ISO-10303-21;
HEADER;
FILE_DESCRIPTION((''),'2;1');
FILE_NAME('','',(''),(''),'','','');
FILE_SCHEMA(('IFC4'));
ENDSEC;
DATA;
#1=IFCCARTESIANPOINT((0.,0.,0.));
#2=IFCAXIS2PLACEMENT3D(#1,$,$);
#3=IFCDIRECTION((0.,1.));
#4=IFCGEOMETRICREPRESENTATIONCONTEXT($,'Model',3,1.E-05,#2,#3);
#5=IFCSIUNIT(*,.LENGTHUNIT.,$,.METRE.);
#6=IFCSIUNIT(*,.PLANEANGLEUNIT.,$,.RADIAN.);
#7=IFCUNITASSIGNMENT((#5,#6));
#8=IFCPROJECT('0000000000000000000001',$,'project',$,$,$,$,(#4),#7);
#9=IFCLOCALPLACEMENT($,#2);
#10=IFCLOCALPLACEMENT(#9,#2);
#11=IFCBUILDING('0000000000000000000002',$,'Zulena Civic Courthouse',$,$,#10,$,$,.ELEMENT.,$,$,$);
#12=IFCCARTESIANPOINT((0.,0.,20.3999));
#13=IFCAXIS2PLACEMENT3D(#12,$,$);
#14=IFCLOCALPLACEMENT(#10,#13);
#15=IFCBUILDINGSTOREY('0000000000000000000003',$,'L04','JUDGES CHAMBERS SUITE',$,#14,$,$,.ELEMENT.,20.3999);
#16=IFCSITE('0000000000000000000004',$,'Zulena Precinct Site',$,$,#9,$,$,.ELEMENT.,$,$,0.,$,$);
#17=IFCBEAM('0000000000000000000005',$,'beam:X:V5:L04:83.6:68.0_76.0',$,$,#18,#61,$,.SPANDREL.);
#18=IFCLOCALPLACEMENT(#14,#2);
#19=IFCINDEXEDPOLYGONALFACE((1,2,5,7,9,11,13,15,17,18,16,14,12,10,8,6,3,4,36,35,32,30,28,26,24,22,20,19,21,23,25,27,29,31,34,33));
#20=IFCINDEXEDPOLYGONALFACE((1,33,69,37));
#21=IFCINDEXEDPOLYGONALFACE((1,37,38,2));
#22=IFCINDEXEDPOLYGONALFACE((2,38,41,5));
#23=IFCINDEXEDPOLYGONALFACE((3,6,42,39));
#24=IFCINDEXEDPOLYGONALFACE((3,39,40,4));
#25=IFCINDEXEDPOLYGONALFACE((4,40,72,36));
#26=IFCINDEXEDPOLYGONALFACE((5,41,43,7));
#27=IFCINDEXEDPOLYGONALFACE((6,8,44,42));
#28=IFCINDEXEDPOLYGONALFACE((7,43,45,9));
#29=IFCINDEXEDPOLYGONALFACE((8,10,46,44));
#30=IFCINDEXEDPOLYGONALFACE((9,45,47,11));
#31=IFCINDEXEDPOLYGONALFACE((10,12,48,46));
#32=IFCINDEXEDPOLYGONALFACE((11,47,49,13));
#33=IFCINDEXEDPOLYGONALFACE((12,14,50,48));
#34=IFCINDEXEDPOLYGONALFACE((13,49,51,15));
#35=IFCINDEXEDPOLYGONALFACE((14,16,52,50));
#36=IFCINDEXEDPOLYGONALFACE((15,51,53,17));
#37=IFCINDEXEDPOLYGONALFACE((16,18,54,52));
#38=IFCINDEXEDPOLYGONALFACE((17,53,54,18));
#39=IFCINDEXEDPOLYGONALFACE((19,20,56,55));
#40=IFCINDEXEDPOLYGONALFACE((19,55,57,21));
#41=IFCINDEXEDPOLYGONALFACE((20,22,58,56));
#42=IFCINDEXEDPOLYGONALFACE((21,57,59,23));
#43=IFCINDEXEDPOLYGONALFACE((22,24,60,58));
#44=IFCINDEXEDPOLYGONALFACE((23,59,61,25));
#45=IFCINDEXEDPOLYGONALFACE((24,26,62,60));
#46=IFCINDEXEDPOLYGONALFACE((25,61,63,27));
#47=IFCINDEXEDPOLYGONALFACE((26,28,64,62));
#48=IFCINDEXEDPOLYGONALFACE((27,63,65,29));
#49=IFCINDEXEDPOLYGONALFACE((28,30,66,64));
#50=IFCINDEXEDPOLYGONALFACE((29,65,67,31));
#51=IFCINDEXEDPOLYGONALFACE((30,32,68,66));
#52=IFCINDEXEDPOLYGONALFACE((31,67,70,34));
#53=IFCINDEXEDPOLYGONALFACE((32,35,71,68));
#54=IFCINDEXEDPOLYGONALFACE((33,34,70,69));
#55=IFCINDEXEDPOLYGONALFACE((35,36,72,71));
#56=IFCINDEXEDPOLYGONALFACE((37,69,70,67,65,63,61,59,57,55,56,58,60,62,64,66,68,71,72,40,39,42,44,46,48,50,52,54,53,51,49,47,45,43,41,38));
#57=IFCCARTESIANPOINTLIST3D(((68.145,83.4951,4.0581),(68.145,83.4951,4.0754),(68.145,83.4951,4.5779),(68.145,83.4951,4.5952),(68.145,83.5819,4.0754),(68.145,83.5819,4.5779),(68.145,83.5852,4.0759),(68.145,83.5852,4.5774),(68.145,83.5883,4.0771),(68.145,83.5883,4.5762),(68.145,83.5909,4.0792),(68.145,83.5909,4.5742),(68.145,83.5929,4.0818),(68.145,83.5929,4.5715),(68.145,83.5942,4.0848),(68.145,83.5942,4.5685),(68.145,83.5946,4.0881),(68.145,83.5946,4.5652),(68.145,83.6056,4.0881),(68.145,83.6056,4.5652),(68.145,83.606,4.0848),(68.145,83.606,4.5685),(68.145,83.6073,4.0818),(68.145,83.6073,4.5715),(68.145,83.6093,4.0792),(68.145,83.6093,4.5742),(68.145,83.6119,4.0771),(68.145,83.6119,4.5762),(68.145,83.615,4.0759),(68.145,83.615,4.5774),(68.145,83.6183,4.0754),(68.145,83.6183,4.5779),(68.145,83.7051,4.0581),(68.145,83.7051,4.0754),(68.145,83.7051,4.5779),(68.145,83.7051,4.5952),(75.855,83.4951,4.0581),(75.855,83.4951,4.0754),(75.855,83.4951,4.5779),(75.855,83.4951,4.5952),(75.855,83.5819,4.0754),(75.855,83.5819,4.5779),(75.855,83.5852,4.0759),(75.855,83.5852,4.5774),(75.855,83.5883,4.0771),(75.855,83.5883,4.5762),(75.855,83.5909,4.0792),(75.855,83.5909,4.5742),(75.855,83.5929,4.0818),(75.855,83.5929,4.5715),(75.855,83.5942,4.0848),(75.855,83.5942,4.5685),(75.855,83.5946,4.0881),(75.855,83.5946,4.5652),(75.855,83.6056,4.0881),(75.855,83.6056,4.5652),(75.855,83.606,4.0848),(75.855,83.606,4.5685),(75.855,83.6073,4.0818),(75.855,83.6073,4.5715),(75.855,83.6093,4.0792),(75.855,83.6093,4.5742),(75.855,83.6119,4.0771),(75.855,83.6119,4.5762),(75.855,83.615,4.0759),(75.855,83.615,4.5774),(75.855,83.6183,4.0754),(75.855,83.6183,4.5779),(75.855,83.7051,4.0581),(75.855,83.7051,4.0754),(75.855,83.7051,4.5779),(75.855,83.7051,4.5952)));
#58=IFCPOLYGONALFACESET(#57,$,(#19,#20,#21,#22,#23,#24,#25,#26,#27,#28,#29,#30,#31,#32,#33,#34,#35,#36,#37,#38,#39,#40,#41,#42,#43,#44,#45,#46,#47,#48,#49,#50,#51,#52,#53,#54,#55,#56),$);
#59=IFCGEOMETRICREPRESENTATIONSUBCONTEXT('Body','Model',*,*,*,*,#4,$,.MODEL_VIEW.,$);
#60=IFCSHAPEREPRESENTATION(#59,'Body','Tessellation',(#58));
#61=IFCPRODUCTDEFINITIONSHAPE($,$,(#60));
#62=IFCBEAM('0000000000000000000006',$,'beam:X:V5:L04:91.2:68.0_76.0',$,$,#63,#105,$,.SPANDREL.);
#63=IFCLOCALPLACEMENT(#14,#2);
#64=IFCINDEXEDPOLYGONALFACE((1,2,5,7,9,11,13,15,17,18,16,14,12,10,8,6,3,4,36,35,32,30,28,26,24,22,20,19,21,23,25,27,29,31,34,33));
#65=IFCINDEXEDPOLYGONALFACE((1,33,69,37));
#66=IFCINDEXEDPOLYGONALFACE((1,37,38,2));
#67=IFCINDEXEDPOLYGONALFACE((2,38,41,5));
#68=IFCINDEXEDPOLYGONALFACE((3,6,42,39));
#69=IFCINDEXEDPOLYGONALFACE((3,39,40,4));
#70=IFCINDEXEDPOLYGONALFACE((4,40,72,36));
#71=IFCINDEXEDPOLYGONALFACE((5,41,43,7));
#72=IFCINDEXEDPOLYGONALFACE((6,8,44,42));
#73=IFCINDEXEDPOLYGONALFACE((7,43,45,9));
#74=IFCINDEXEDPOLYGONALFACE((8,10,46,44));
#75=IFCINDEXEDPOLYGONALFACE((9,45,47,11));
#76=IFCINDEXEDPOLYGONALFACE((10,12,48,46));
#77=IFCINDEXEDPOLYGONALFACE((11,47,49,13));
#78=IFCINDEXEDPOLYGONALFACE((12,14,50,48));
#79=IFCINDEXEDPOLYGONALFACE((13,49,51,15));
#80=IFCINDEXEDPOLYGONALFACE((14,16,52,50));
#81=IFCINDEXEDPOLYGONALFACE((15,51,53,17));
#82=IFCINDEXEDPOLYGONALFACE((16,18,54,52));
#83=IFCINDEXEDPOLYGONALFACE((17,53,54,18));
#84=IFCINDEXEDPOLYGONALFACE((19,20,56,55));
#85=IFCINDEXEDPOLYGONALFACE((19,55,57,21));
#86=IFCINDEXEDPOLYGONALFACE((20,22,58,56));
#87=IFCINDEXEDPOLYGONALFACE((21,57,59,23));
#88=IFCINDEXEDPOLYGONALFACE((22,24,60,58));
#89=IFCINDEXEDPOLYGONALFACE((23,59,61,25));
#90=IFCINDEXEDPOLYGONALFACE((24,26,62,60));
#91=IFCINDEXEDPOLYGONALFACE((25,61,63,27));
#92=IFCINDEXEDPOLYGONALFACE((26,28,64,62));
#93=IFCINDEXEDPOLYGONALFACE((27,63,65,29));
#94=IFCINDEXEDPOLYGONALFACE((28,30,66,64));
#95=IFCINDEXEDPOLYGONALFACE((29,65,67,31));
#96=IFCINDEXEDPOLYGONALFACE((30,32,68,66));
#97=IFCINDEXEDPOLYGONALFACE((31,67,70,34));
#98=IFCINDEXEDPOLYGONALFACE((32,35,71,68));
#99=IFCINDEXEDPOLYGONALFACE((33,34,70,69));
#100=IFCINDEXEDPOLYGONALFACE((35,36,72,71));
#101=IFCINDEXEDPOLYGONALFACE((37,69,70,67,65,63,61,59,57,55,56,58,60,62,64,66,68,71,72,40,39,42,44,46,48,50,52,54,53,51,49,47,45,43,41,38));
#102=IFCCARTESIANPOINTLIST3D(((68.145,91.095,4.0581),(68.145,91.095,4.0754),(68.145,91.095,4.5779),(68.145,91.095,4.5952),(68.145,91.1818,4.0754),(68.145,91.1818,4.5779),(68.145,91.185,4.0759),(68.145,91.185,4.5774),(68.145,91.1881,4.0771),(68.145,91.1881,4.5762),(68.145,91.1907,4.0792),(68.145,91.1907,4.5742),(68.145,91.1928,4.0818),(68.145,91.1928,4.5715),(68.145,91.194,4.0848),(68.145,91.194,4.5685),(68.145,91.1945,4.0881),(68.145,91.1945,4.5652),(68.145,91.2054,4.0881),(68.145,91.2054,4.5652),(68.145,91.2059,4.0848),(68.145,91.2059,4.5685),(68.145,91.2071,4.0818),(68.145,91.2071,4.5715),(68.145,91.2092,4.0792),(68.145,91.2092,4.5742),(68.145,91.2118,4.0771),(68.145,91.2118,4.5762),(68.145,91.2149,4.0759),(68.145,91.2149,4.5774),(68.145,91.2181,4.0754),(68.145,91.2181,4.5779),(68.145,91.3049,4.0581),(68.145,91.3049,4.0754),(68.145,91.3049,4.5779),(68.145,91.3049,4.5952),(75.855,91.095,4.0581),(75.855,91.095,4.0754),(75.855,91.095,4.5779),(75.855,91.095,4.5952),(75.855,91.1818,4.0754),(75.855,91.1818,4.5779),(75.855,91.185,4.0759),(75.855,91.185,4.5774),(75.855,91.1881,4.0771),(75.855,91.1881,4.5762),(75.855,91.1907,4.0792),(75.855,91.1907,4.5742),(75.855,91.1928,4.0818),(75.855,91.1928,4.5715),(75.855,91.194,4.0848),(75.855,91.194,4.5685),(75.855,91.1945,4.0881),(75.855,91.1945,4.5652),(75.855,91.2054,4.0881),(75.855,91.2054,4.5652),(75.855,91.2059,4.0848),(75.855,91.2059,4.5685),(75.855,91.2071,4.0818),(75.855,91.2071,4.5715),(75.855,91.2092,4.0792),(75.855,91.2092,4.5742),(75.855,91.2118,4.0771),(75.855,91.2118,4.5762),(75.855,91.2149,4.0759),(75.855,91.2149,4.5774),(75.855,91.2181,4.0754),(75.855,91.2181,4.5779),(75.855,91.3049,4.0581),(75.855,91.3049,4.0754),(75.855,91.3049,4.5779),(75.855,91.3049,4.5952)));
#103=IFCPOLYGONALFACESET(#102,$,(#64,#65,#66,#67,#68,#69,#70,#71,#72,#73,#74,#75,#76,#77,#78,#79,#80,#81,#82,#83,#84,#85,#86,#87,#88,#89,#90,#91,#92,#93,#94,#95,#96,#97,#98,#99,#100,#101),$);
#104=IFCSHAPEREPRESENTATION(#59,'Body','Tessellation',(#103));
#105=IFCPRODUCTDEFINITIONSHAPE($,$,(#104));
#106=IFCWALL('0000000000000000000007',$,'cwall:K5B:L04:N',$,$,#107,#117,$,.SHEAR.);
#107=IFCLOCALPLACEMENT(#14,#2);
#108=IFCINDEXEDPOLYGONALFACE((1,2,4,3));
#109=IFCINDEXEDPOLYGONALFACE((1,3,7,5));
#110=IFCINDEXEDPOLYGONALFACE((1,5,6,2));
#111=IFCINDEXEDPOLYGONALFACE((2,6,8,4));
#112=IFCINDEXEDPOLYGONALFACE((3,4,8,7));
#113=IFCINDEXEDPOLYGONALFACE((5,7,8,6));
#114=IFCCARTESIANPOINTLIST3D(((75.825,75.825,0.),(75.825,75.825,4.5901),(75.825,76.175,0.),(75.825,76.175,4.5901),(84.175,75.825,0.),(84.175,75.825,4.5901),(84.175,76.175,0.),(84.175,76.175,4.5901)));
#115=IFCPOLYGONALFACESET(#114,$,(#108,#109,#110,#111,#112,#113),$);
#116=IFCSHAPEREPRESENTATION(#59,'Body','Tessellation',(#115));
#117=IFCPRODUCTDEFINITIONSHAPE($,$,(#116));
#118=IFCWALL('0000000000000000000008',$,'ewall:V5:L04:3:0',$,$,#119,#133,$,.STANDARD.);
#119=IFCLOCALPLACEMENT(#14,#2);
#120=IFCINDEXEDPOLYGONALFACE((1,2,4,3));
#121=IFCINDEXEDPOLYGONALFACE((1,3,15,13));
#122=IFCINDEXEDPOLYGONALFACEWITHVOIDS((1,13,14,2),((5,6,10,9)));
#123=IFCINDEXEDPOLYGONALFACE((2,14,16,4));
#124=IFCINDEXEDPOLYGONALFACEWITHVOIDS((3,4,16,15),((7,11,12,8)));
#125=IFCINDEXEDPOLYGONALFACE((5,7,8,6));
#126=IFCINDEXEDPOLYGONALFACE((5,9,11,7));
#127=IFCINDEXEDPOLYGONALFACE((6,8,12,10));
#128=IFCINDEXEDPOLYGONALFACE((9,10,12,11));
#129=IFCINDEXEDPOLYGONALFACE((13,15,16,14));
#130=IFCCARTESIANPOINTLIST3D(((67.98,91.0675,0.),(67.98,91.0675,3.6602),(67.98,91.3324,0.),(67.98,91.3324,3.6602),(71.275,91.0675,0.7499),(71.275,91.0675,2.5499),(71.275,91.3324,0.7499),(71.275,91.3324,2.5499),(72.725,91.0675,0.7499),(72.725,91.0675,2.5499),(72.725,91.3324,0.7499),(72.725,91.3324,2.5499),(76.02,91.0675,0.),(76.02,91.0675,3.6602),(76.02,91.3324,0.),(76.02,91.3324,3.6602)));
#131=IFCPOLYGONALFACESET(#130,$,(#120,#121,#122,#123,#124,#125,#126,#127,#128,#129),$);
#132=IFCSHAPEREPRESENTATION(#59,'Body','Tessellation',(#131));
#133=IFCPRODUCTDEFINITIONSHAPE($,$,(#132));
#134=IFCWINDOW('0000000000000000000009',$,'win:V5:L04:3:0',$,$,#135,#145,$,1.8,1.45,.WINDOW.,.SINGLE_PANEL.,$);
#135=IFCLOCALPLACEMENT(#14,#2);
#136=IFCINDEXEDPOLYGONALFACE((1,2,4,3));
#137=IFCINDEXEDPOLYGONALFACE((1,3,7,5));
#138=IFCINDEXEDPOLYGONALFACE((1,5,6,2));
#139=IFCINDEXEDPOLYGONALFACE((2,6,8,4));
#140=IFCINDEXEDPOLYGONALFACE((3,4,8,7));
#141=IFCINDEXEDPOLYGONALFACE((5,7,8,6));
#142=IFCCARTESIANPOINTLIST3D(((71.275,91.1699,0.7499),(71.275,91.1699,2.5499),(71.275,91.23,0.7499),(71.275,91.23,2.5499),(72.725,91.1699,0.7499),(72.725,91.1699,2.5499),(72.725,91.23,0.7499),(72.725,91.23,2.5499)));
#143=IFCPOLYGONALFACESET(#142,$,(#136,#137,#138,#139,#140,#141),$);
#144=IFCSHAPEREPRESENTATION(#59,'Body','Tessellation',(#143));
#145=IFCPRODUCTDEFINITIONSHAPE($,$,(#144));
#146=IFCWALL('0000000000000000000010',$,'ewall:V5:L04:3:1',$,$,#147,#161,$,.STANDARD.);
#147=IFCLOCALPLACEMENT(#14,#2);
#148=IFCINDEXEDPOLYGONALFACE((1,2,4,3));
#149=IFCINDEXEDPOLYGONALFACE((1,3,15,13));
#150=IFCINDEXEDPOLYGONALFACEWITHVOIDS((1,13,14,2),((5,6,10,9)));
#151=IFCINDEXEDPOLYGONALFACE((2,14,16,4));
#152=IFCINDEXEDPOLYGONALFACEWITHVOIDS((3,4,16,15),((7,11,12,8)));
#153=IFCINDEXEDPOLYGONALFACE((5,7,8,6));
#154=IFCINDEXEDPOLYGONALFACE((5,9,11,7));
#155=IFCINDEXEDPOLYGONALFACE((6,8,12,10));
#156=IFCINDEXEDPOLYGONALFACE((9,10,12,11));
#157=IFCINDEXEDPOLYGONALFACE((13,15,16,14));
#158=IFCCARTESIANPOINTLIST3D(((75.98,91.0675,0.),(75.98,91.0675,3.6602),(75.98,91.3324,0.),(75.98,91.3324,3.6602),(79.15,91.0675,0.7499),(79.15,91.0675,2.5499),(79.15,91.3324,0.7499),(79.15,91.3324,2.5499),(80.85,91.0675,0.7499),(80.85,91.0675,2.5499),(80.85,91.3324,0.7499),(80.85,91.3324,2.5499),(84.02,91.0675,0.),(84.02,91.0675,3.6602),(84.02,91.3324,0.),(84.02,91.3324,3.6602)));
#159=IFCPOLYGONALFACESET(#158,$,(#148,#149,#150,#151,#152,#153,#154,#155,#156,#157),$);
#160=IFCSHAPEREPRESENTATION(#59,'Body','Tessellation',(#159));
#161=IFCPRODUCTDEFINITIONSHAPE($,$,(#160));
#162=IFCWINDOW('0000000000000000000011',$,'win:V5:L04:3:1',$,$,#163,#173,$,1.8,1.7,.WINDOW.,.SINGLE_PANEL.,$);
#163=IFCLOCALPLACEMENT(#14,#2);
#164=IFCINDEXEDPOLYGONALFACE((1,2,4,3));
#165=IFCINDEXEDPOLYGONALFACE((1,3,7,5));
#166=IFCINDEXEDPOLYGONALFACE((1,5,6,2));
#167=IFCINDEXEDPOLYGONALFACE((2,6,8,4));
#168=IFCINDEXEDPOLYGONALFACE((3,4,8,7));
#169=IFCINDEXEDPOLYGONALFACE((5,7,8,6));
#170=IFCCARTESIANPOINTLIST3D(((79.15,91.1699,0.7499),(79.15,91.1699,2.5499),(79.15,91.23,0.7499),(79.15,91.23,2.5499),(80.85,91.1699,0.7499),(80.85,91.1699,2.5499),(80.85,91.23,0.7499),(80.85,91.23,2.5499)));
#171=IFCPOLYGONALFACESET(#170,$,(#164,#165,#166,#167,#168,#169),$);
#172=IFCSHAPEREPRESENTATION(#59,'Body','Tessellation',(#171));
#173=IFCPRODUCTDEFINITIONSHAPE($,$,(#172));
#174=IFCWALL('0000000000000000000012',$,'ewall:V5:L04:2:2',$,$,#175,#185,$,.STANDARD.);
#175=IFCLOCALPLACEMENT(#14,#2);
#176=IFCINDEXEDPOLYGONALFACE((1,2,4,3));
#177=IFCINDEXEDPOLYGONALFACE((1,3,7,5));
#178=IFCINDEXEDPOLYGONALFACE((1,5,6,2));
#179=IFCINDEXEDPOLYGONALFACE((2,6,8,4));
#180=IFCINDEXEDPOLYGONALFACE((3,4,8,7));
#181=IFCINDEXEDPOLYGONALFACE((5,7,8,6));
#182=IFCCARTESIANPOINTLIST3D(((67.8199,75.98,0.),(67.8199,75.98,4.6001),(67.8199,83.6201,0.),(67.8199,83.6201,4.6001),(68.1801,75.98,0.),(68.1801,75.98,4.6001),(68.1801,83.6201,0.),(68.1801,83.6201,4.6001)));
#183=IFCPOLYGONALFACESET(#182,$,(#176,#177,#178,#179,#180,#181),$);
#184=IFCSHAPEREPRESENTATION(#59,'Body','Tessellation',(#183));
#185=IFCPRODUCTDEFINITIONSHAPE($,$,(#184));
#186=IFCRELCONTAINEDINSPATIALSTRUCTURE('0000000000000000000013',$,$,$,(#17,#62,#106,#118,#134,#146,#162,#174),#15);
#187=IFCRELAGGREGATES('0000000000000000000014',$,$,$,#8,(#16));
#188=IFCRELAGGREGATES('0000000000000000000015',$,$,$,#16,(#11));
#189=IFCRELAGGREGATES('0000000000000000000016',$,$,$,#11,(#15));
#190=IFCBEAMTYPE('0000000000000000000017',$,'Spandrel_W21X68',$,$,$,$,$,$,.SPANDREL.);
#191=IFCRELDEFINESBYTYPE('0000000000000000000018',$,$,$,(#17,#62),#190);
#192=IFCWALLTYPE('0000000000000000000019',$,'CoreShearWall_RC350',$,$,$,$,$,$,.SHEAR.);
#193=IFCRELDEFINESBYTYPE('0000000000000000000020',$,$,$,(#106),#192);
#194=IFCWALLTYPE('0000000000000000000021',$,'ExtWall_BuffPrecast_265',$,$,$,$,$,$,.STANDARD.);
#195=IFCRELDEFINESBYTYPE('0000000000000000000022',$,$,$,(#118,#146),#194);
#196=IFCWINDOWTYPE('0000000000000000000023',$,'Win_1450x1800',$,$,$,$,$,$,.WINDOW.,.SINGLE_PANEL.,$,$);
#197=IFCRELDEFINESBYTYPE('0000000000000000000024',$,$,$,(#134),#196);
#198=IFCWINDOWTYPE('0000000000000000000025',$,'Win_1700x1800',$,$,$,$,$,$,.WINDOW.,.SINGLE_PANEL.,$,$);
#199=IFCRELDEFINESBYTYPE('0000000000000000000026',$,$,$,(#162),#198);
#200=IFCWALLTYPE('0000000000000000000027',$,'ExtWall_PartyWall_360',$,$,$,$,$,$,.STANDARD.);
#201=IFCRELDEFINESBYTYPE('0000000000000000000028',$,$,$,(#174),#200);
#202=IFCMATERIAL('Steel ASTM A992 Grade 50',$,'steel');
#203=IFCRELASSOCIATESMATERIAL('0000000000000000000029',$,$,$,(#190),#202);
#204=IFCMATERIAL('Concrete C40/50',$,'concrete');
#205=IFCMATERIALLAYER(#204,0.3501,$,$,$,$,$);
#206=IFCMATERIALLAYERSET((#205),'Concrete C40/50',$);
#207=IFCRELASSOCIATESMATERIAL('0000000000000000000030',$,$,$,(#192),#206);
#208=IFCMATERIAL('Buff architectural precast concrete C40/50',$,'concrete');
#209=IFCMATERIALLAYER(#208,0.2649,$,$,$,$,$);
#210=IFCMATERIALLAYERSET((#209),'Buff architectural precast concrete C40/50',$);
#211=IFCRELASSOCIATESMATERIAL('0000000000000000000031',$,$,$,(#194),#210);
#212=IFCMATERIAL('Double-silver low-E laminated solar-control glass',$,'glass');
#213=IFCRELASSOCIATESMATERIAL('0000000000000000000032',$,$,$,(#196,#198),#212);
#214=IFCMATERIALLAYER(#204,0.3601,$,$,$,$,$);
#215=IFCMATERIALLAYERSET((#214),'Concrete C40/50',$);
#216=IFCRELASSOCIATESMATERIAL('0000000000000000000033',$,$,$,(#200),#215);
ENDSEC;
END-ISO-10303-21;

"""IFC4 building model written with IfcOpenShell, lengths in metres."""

from ifc_helpers import new_model, si_unit, direction, frame, frame_2d, origin, origin_2d, place, context, subcontext, project, spatial, rectangle, i_section, extrude, material, layer, layer_set, material_profile, profile_set, type_object, element, fill, save


model = new_model("IFC4")

# Units and contexts
model_context = context("Model", 3, precision=1e-05, world=origin(), true_north=direction((0.0, 1.0)))
body_context = subcontext(model_context, "Body", "Model", "MODEL_VIEW")
ifc_project = project(units=[si_unit("LENGTHUNIT", "METRE"), si_unit("PLANEANGLEUNIT", "RADIAN")], contexts=[model_context])

# Site, building, storey
site_placement = place(None, origin())
site = spatial("IfcSite", under=ifc_project, at=site_placement, Name="Zulena Precinct Site", CompositionType="ELEMENT", RefElevation=0.0)
building_placement = place(site_placement, origin())
building = spatial("IfcBuilding", under=site, at=building_placement, Name="Zulena Civic Courthouse", CompositionType="ELEMENT")
storey_placement = place(building_placement, frame((0.0, 0.0, 20.3999)))
storey = spatial("IfcBuildingStorey", under=building, at=storey_placement, Name="L04", Description="JUDGES CHAMBERS SUITE", CompositionType="ELEMENT", Elevation=20.3999)

# Shared definitions
ifc_material_1 = material(Name="Steel ASTM A992 Grade 50", Category="steel")

# Beams
ifc_material_profile_1 = material_profile(ifc_material_1, i_section(OverallWidth=0.21, OverallDepth=0.5371, WebThickness=0.011, FlangeThickness=0.0173, FilletRadius=0.0127, at=origin_2d()), Name="W21X68")
ifc_profile_set_1 = profile_set([ifc_material_profile_1], Name="Steel ASTM A992 Grade 50")
beam_type_1 = type_object("IfcBeamType", Name="Spandrel_W21X68", PredefinedType="SPANDREL", material=ifc_profile_set_1)
for number, where, z_axis, x_axis, name in (
    (1, (68.145, 83.6001, 4.3267), (1.0, 0.0, 0.0), (0.0, 1.0, 0.0), "beam:X:V5:L04:83.6:68.0_76.0"),
    (2, (68.145, 91.2, 4.3267), (1.0, 0.0, 0.0), (0.0, 1.0, 0.0), "beam:X:V5:L04:91.2:68.0_76.0"),
):
    element("IfcBeam", number, at=place(storey_placement, frame(where, z_axis=z_axis, x_axis=x_axis)), inside=storey, type_object=beam_type_1, Name=name, PredefinedType="SPANDREL", context=body_context, shape_type="SweptSolid", body=[
        extrude(i_section(OverallWidth=0.21, OverallDepth=0.5371, WebThickness=0.011, FlangeThickness=0.0173, FilletRadius=0.0127, at=origin_2d()), origin(), (0.0, 0.0, 1.0), 7.71),
    ])

# Wall
ifc_material_2 = material(Name="Concrete C40/50", Category="concrete")
ifc_layer_1 = layer(ifc_material_2, 0.3501)
ifc_layer_set_1 = layer_set([ifc_layer_1], Name="Concrete C40/50")
wall_type_1 = type_object("IfcWallType", Name="CoreShearWall_RC350", PredefinedType="SHEAR", material=ifc_layer_set_1)
wall_1_placement = place(storey_placement, frame((75.825, 76.0, 0.0), z_axis=(0.0, 0.0, 1.0), x_axis=(1.0, 0.0, 0.0)))
element("IfcWall", 3, at=wall_1_placement, inside=storey, type_object=wall_type_1, Name="cwall:K5B:L04:N", PredefinedType="SHEAR", context=body_context, shape_type="SweptSolid", body=[
    extrude(rectangle(XDim=8.3501, YDim=0.3501, at=frame_2d((4.175, 0.0))), origin(), (0.0, 0.0, 1.0), 4.5901),
])

# Walls, openings, windows
ifc_material_3 = material(Name="Buff architectural precast concrete C40/50", Category="concrete")
ifc_layer_2 = layer(ifc_material_3, 0.2649)
ifc_layer_set_2 = layer_set([ifc_layer_2], Name="Buff architectural precast concrete C40/50")
wall_type_2 = type_object("IfcWallType", Name="ExtWall_BuffPrecast_265", PredefinedType="STANDARD", material=ifc_layer_set_2)
wall_2_placement = place(storey_placement, frame((67.98, 91.2, 0.0), z_axis=(0.0, 0.0, 1.0), x_axis=(1.0, 0.0, 0.0)))
wall_2 = element("IfcWall", 4, at=wall_2_placement, inside=storey, type_object=wall_type_2, Name="ewall:V5:L04:3:0", PredefinedType="STANDARD", context=body_context, shape_type="SweptSolid", body=[
    extrude(rectangle(XDim=8.04, YDim=0.2649, at=frame_2d((4.02, 0.0))), origin(), (0.0, 0.0, 1.0), 3.6602),
])
opening_1_placement = place(wall_2_placement, frame((3.2949, 0.0, 0.75)))
opening_1 = element("IfcOpeningElement", 5, at=opening_1_placement, cuts=wall_2, PredefinedType="OPENING", context=body_context, shape_type="SweptSolid", body=[
    extrude(rectangle(XDim=1.45, YDim=1.8, at=frame_2d((0.7251, 0.8999))), frame((0.0, 0.1423, 0.0), z_axis=(0.0, -1.0, 0.0), x_axis=(1.0, 0.0, 0.0)), (0.0, 0.0, 1.0), 0.2849),
])
ifc_material_4 = material(Name="Double-silver low-E laminated solar-control glass", Category="glass")
window_type_1 = type_object("IfcWindowType", Name="Win_1450x1800", PartitioningType="SINGLE_PANEL", PredefinedType="WINDOW", material=ifc_material_4)
window_1_placement = place(opening_1_placement, origin())
window_1 = element("IfcWindow", 6, at=window_1_placement, inside=storey, type_object=window_type_1, Name="win:V5:L04:3:0", OverallHeight=1.8, OverallWidth=1.45, PartitioningType="SINGLE_PANEL", PredefinedType="WINDOW", context=body_context, shape_type="SweptSolid", body=[
    extrude(rectangle(XDim=1.45, YDim=1.8, at=frame_2d((0.7251, 0.8999))), frame((0.0, 0.03, 0.0), z_axis=(0.0, -1.0, 0.0), x_axis=(1.0, 0.0, 0.0)), (0.0, 0.0, 1.0), 0.0601),
])
fill(opening_1, window_1)
wall_3_placement = place(storey_placement, frame((75.98, 91.2, 0.0), z_axis=(0.0, 0.0, 1.0), x_axis=(1.0, 0.0, 0.0)))
wall_3 = element("IfcWall", 7, at=wall_3_placement, inside=storey, type_object=wall_type_2, Name="ewall:V5:L04:3:1", PredefinedType="STANDARD", context=body_context, shape_type="SweptSolid", body=[
    extrude(rectangle(XDim=8.04, YDim=0.2649, at=frame_2d((4.02, 0.0))), origin(), (0.0, 0.0, 1.0), 3.6602),
])
opening_2_placement = place(wall_3_placement, frame((3.1699, 0.0, 0.75)))
opening_2 = element("IfcOpeningElement", 8, at=opening_2_placement, cuts=wall_3, PredefinedType="OPENING", context=body_context, shape_type="SweptSolid", body=[
    extrude(rectangle(XDim=1.7, YDim=1.8, at=frame_2d((0.8501, 0.8999))), frame((0.0, 0.1423, 0.0), z_axis=(0.0, -1.0, 0.0), x_axis=(1.0, 0.0, 0.0)), (0.0, 0.0, 1.0), 0.2849),
])
window_type_2 = type_object("IfcWindowType", Name="Win_1700x1800", PartitioningType="SINGLE_PANEL", PredefinedType="WINDOW", material=ifc_material_4)
window_2_placement = place(opening_2_placement, origin())
window_2 = element("IfcWindow", 9, at=window_2_placement, inside=storey, type_object=window_type_2, Name="win:V5:L04:3:1", OverallHeight=1.8, OverallWidth=1.7, PartitioningType="SINGLE_PANEL", PredefinedType="WINDOW", context=body_context, shape_type="SweptSolid", body=[
    extrude(rectangle(XDim=1.7, YDim=1.8, at=frame_2d((0.8501, 0.8999))), frame((0.0, 0.03, 0.0), z_axis=(0.0, -1.0, 0.0), x_axis=(1.0, 0.0, 0.0)), (0.0, 0.0, 1.0), 0.0601),
])
fill(opening_2, window_2)

# Wall
ifc_layer_3 = layer(ifc_material_2, 0.3601)
ifc_layer_set_3 = layer_set([ifc_layer_3], Name="Concrete C40/50")
wall_type_3 = type_object("IfcWallType", Name="ExtWall_PartyWall_360", PredefinedType="STANDARD", material=ifc_layer_set_3)
wall_4_placement = place(storey_placement, frame((68.0, 75.98, 0.0), z_axis=(0.0, 0.0, 1.0), x_axis=(0.0, 1.0, 0.0)))
element("IfcWall", 10, at=wall_4_placement, inside=storey, type_object=wall_type_3, Name="ewall:V5:L04:2:2", PredefinedType="STANDARD", context=body_context, shape_type="SweptSolid", body=[
    extrude(rectangle(XDim=7.6401, YDim=0.3601, at=frame_2d((3.8201, 0.0))), origin(), (0.0, 0.0, 1.0), 4.6001),
])

save(model, "model.ifc")
